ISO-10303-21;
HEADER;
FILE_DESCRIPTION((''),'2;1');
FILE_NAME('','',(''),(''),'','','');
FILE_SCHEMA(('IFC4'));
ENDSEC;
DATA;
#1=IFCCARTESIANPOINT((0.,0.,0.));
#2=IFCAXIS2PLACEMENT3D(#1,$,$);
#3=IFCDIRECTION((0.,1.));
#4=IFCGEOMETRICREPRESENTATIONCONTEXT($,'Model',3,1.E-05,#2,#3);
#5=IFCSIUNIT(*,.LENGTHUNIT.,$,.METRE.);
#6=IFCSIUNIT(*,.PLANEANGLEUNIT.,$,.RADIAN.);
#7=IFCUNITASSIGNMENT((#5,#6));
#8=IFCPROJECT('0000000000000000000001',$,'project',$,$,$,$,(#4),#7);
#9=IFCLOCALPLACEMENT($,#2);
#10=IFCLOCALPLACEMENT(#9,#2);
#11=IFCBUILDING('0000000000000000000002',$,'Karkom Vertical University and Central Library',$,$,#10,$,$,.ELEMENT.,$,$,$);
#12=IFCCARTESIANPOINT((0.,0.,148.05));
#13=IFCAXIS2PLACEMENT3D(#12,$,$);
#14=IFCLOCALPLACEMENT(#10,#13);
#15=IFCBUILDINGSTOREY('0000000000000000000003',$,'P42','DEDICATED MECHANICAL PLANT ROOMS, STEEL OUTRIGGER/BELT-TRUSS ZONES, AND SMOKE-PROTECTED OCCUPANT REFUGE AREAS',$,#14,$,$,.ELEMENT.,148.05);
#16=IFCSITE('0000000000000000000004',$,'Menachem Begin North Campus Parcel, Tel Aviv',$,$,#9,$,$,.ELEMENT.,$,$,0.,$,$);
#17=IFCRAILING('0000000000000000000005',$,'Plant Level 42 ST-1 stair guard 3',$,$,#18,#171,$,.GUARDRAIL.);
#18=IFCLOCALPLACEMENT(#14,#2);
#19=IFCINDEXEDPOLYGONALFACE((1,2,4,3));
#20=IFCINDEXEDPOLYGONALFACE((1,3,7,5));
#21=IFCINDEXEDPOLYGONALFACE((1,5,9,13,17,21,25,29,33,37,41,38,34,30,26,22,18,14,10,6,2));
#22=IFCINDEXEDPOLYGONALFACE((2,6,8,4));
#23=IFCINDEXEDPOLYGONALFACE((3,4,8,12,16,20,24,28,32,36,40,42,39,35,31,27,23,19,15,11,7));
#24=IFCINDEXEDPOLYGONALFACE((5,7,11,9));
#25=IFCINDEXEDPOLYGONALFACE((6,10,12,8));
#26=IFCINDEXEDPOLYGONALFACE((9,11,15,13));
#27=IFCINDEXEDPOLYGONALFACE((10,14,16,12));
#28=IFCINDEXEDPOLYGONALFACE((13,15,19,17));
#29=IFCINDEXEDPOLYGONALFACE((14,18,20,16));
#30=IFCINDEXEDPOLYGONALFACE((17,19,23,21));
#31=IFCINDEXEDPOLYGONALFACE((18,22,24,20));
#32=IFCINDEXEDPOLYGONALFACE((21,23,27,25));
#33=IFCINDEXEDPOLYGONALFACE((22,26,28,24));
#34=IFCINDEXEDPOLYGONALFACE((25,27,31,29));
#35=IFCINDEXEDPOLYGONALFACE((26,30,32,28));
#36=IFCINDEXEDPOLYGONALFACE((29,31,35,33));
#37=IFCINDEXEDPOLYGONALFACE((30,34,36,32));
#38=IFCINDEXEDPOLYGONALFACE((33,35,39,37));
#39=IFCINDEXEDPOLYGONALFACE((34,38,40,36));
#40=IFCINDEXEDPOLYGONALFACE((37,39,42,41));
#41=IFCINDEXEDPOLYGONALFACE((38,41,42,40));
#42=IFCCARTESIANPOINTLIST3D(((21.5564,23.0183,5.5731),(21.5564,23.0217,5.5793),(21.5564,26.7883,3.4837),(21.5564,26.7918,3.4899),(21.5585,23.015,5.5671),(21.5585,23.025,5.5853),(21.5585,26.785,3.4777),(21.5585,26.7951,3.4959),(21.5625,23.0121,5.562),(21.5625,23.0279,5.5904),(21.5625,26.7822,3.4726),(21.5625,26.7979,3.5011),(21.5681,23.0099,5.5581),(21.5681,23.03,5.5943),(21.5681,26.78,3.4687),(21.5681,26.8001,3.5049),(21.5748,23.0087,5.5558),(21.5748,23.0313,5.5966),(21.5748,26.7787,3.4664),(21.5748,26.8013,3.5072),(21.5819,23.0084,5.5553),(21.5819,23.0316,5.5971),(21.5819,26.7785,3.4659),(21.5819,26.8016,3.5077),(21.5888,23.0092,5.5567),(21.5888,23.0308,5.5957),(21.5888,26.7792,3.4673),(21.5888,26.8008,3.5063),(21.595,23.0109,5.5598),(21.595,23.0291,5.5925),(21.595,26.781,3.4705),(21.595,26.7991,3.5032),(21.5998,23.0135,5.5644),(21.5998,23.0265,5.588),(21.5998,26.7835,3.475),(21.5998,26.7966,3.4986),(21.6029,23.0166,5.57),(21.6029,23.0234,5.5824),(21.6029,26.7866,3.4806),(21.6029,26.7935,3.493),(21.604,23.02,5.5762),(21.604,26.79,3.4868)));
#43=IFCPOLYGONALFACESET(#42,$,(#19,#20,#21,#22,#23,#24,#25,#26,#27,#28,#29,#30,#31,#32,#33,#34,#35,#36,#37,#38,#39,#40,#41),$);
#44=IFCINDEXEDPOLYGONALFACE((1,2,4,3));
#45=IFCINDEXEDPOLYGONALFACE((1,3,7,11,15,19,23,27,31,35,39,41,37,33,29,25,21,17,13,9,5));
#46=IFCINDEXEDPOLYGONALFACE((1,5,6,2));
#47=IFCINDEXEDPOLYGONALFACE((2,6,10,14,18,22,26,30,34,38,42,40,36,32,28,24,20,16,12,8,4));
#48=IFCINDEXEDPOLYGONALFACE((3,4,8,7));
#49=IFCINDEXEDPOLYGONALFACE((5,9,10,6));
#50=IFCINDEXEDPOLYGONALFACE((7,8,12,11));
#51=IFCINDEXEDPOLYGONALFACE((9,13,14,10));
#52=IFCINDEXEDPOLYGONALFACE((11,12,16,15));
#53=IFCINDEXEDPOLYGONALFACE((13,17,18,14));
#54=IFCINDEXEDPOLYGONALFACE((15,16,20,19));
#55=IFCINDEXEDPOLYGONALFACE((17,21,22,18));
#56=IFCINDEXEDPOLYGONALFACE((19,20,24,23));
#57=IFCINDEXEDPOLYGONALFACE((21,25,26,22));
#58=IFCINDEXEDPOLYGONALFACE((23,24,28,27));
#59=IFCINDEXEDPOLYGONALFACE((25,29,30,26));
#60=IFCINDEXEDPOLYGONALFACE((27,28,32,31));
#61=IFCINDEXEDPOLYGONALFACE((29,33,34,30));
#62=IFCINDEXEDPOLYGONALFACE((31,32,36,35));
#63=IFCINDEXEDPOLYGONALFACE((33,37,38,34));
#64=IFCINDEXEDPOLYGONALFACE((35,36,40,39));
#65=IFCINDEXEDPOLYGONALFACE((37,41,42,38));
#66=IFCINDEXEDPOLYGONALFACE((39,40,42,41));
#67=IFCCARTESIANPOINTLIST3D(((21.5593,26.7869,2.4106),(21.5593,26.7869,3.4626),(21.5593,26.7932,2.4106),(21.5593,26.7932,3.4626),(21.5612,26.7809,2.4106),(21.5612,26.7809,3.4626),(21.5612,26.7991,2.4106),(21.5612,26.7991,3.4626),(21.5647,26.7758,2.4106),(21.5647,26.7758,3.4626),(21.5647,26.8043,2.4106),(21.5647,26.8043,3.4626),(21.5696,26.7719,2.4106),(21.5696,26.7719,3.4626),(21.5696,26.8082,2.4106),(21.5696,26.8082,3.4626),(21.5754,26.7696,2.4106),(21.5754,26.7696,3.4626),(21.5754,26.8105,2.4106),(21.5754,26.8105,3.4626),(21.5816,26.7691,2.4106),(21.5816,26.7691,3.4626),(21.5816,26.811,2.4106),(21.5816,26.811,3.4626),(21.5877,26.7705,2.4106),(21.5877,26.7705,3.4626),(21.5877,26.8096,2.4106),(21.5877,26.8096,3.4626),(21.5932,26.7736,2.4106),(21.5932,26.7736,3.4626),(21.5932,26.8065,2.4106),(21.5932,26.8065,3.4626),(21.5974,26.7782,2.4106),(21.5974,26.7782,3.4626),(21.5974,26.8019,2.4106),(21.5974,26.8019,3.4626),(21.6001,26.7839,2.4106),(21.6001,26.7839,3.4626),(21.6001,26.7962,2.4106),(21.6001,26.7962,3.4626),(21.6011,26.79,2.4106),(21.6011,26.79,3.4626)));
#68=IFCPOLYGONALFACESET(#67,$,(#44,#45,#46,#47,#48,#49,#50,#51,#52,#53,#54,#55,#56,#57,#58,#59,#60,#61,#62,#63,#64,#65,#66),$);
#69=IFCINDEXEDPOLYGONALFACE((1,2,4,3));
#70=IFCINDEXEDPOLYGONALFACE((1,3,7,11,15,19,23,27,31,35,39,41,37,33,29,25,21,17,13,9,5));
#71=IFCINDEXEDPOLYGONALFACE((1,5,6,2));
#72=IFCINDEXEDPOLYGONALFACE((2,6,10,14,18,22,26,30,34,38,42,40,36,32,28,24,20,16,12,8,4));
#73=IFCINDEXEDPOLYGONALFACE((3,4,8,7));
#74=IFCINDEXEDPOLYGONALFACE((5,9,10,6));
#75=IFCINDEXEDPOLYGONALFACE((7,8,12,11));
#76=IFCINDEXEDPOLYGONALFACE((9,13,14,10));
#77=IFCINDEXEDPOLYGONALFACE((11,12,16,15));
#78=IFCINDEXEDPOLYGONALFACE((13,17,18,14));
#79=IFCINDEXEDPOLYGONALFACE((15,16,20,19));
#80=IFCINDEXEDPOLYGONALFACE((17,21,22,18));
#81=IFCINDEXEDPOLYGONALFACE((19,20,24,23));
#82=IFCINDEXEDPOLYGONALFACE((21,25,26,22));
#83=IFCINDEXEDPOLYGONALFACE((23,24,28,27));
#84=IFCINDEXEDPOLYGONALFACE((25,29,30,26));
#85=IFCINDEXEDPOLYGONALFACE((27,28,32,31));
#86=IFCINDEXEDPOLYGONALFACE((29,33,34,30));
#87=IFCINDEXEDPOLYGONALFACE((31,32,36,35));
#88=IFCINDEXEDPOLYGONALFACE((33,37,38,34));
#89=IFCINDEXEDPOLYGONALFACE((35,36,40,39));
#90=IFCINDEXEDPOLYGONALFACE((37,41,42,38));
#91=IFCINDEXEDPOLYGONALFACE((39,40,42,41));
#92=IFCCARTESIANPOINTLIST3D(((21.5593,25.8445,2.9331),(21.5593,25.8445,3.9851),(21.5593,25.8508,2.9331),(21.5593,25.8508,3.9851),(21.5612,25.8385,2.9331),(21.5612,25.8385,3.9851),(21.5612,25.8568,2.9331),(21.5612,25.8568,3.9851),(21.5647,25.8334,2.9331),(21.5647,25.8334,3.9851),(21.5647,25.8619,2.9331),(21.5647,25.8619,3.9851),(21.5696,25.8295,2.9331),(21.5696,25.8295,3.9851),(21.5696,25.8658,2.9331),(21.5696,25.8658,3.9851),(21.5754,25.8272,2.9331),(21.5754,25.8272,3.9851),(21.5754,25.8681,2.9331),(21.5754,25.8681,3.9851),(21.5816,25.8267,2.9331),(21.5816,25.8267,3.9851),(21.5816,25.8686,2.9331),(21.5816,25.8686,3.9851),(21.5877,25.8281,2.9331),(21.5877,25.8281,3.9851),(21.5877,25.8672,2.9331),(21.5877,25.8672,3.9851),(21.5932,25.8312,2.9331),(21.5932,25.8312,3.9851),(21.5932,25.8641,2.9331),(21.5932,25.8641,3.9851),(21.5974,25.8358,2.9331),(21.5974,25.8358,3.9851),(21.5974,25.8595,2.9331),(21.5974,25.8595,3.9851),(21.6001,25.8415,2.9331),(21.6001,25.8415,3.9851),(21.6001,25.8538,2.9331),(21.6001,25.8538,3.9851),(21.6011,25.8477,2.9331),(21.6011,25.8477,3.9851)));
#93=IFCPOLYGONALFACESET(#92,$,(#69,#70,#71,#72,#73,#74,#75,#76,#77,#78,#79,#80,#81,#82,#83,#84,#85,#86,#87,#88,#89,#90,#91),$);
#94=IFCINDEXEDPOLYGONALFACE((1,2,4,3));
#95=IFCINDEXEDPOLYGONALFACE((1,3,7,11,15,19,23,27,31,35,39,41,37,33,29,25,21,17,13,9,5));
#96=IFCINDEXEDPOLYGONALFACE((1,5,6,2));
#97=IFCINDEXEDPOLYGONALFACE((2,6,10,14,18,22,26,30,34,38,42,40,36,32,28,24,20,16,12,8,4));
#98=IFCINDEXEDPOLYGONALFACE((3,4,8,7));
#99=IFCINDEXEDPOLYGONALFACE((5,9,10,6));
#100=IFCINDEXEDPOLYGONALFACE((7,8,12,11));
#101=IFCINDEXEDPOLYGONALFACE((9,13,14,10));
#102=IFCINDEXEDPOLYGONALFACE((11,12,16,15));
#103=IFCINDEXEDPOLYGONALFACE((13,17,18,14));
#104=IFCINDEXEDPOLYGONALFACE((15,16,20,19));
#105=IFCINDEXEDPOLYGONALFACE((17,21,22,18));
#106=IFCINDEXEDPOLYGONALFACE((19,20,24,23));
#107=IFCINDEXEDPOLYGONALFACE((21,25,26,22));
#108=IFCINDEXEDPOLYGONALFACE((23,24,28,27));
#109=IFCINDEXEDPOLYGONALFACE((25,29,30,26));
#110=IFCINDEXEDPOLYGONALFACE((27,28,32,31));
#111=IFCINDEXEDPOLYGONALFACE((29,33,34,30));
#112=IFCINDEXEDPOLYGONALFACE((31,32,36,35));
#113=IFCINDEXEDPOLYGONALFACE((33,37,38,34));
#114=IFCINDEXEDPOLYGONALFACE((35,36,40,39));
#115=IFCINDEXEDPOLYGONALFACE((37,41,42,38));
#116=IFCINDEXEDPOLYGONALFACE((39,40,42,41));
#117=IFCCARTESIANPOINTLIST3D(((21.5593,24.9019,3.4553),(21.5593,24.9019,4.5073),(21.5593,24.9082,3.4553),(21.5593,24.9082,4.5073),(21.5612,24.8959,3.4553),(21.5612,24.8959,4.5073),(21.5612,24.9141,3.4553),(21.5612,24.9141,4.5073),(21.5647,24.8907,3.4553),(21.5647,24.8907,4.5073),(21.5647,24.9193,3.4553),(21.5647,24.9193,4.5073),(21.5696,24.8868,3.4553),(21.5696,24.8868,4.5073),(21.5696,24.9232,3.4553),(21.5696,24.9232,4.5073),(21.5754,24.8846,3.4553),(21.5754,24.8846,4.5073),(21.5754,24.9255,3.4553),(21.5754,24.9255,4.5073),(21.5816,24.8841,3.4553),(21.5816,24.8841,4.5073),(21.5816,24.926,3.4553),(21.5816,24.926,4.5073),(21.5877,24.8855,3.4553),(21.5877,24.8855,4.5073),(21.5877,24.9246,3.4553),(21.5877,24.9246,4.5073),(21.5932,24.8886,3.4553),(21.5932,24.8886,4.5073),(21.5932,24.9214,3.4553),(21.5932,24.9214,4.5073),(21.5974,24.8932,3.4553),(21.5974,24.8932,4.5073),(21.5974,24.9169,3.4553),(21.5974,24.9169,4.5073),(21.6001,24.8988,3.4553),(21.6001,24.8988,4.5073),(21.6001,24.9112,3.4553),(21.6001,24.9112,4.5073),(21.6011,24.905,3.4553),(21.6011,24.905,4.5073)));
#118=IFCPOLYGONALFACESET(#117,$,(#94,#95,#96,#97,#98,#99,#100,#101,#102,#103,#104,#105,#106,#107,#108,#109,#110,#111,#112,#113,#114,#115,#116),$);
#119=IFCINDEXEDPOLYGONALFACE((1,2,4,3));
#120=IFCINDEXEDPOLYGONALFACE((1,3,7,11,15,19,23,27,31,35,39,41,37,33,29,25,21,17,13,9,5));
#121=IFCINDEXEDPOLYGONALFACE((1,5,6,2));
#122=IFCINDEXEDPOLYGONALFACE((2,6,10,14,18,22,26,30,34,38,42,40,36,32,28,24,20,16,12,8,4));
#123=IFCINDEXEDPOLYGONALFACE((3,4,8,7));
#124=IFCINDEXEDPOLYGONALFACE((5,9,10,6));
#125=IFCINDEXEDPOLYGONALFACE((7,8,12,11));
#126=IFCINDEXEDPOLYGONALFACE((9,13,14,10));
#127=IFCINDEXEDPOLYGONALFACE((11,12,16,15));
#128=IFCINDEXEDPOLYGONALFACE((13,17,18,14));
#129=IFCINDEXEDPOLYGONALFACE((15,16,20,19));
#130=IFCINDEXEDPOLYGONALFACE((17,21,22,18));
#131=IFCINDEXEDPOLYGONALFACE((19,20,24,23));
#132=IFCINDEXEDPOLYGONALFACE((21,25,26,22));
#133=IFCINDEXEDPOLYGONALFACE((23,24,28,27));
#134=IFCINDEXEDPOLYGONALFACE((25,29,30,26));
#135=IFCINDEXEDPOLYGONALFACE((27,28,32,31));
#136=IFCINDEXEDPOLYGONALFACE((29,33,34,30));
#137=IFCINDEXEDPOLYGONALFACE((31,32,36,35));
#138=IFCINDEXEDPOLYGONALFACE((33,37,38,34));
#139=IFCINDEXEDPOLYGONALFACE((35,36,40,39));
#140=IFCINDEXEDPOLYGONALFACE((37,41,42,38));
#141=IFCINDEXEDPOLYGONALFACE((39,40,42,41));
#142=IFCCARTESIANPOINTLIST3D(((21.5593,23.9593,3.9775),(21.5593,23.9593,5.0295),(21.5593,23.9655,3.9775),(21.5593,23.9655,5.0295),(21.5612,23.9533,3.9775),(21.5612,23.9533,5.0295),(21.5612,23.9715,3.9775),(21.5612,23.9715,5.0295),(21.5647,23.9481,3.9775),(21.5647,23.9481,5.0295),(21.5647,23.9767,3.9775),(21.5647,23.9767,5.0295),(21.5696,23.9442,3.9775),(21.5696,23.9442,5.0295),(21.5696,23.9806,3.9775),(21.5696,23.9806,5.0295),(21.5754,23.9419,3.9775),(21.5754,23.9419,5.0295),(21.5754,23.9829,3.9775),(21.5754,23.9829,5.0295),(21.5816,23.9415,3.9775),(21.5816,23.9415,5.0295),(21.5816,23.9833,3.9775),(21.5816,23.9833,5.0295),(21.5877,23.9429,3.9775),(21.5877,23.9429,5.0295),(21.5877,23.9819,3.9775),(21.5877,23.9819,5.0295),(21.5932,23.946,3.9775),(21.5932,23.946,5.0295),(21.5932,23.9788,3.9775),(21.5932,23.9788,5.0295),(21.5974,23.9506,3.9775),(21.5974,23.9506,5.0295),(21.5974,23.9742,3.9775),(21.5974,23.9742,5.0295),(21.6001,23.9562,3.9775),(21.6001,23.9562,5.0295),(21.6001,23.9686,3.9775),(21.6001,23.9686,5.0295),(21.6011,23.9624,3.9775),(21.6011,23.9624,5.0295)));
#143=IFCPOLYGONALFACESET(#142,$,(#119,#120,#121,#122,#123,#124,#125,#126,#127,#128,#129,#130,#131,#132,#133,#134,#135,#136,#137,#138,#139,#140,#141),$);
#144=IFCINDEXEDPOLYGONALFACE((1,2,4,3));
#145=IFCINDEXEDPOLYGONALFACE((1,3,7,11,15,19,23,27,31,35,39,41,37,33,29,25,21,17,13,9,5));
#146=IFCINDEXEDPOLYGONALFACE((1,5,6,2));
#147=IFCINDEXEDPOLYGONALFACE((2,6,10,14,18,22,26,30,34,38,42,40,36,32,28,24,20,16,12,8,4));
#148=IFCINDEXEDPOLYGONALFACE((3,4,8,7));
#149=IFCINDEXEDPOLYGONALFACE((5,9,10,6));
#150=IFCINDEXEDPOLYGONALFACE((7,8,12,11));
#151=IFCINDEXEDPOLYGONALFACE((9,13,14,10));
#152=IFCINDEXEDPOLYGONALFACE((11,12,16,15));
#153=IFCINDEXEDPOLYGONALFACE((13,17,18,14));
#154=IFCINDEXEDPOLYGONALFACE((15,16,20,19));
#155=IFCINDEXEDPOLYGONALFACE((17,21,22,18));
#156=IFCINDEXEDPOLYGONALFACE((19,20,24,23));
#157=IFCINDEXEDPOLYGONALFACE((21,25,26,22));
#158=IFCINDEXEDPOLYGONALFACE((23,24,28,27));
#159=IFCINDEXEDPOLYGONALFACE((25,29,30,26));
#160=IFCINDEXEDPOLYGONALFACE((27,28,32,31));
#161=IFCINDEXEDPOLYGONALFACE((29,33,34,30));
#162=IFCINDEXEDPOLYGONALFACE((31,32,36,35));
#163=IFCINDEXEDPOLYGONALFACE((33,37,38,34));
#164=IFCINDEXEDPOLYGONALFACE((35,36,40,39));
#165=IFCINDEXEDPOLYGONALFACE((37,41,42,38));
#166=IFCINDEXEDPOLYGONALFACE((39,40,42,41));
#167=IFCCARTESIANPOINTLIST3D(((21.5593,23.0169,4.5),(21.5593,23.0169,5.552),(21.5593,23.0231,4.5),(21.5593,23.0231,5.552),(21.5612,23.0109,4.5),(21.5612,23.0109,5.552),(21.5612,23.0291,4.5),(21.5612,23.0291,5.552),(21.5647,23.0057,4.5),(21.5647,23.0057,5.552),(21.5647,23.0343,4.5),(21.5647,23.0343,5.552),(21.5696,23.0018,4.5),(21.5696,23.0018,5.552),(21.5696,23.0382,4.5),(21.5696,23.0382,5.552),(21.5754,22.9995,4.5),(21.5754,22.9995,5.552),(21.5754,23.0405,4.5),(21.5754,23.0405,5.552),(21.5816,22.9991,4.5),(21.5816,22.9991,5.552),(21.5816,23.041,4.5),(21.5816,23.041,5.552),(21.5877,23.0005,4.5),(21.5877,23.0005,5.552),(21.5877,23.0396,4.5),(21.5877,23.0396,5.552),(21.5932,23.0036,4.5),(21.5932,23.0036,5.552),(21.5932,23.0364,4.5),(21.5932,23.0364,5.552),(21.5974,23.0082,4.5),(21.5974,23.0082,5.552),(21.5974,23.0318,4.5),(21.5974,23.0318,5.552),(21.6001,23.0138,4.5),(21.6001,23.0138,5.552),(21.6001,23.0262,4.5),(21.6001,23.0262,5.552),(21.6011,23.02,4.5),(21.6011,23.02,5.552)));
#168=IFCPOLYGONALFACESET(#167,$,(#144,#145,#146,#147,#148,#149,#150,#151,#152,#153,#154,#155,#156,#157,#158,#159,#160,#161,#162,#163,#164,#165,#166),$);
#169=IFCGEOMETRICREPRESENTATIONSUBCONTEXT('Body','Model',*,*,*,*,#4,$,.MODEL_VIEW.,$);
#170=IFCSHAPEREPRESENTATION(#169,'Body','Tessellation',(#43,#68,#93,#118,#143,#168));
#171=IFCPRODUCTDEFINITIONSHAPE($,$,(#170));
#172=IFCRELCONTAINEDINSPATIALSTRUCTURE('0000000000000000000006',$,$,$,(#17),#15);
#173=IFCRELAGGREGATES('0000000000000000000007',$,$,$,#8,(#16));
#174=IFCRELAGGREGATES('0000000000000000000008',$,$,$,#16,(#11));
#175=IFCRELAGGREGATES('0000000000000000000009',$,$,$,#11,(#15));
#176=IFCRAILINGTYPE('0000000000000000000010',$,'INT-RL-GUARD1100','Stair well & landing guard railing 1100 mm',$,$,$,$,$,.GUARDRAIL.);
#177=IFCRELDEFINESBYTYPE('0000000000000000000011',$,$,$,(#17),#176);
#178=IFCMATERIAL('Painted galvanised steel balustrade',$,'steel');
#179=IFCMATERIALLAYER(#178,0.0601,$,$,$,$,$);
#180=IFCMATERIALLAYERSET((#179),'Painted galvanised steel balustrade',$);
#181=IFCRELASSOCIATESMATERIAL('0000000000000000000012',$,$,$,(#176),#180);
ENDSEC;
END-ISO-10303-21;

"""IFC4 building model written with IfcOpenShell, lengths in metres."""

from ifc_helpers import new_model, si_unit, direction, frame, origin, origin_2d, place, context, subcontext, project, spatial, circle, extrude, material, layer, layer_set, type_object, element, save


model = new_model("IFC4")

# Units and contexts
model_context = context("Model", 3, precision=1e-05, world=origin(), true_north=direction((0.0, 1.0)))
body_context = subcontext(model_context, "Body", "Model", "MODEL_VIEW")
ifc_project = project(units=[si_unit("LENGTHUNIT", "METRE"), si_unit("PLANEANGLEUNIT", "RADIAN")], contexts=[model_context])

# Site, building, storey
site_placement = place(None, origin())
site = spatial("IfcSite", under=ifc_project, at=site_placement, Name="Menachem Begin North Campus Parcel, Tel Aviv", CompositionType="ELEMENT", RefElevation=0.0)
building_placement = place(site_placement, origin())
building = spatial("IfcBuilding", under=site, at=building_placement, Name="Karkom Vertical University and Central Library", CompositionType="ELEMENT")
storey_placement = place(building_placement, frame((0.0, 0.0, 148.05)))
storey = spatial("IfcBuildingStorey", under=building, at=storey_placement, Name="P42", Description="DEDICATED MECHANICAL PLANT ROOMS, STEEL OUTRIGGER/BELT-TRUSS ZONES, AND SMOKE-PROTECTED OCCUPANT REFUGE AREAS", CompositionType="ELEMENT", Elevation=148.05)

# Railing
ifc_material_1 = material(Name="Painted galvanised steel balustrade", Category="steel")
ifc_layer_1 = layer(ifc_material_1, 0.0601)
ifc_layer_set_1 = layer_set([ifc_layer_1], Name="Painted galvanised steel balustrade")
railing_type_1 = type_object("IfcRailingType", Name="INT-RL-GUARD1100", Description="Stair well & landing guard railing 1100 mm", PredefinedType="GUARDRAIL", material=ifc_layer_set_1)
railing_1_placement = place(storey_placement, frame((21.5801, 26.79, 2.4106)))
element("IfcRailing", 1, at=railing_1_placement, inside=storey, type_object=railing_type_1, Name="Plant Level 42 ST-1 stair guard 3", PredefinedType="GUARDRAIL", context=body_context, shape_type="SweptSolid", body=[
    extrude(circle(Radius=0.0239, at=origin_2d()), frame((0.0, 0.0, 1.0762), z_axis=(0.0, -0.874659, 0.484739), x_axis=(1.0, 0.0, 0.0)), (0.0, 0.0, 1.0), 4.3103),
    extrude(circle(Radius=0.021, at=origin_2d()), origin(), (0.0, 0.0, 1.0), 1.052),
    extrude(circle(Radius=0.021, at=origin_2d()), frame((0.0, -0.9424, 0.5225)), (0.0, 0.0, 1.0), 1.052),
    extrude(circle(Radius=0.021, at=origin_2d()), frame((0.0, -1.885, 1.0447)), (0.0, 0.0, 1.0), 1.052),
    extrude(circle(Radius=0.021, at=origin_2d()), frame((0.0, -2.8276, 1.5669)), (0.0, 0.0, 1.0), 1.052),
    extrude(circle(Radius=0.021, at=origin_2d()), frame((0.0, -3.77, 2.0894)), (0.0, 0.0, 1.0), 1.052),
])

save(model, "model.ifc")
